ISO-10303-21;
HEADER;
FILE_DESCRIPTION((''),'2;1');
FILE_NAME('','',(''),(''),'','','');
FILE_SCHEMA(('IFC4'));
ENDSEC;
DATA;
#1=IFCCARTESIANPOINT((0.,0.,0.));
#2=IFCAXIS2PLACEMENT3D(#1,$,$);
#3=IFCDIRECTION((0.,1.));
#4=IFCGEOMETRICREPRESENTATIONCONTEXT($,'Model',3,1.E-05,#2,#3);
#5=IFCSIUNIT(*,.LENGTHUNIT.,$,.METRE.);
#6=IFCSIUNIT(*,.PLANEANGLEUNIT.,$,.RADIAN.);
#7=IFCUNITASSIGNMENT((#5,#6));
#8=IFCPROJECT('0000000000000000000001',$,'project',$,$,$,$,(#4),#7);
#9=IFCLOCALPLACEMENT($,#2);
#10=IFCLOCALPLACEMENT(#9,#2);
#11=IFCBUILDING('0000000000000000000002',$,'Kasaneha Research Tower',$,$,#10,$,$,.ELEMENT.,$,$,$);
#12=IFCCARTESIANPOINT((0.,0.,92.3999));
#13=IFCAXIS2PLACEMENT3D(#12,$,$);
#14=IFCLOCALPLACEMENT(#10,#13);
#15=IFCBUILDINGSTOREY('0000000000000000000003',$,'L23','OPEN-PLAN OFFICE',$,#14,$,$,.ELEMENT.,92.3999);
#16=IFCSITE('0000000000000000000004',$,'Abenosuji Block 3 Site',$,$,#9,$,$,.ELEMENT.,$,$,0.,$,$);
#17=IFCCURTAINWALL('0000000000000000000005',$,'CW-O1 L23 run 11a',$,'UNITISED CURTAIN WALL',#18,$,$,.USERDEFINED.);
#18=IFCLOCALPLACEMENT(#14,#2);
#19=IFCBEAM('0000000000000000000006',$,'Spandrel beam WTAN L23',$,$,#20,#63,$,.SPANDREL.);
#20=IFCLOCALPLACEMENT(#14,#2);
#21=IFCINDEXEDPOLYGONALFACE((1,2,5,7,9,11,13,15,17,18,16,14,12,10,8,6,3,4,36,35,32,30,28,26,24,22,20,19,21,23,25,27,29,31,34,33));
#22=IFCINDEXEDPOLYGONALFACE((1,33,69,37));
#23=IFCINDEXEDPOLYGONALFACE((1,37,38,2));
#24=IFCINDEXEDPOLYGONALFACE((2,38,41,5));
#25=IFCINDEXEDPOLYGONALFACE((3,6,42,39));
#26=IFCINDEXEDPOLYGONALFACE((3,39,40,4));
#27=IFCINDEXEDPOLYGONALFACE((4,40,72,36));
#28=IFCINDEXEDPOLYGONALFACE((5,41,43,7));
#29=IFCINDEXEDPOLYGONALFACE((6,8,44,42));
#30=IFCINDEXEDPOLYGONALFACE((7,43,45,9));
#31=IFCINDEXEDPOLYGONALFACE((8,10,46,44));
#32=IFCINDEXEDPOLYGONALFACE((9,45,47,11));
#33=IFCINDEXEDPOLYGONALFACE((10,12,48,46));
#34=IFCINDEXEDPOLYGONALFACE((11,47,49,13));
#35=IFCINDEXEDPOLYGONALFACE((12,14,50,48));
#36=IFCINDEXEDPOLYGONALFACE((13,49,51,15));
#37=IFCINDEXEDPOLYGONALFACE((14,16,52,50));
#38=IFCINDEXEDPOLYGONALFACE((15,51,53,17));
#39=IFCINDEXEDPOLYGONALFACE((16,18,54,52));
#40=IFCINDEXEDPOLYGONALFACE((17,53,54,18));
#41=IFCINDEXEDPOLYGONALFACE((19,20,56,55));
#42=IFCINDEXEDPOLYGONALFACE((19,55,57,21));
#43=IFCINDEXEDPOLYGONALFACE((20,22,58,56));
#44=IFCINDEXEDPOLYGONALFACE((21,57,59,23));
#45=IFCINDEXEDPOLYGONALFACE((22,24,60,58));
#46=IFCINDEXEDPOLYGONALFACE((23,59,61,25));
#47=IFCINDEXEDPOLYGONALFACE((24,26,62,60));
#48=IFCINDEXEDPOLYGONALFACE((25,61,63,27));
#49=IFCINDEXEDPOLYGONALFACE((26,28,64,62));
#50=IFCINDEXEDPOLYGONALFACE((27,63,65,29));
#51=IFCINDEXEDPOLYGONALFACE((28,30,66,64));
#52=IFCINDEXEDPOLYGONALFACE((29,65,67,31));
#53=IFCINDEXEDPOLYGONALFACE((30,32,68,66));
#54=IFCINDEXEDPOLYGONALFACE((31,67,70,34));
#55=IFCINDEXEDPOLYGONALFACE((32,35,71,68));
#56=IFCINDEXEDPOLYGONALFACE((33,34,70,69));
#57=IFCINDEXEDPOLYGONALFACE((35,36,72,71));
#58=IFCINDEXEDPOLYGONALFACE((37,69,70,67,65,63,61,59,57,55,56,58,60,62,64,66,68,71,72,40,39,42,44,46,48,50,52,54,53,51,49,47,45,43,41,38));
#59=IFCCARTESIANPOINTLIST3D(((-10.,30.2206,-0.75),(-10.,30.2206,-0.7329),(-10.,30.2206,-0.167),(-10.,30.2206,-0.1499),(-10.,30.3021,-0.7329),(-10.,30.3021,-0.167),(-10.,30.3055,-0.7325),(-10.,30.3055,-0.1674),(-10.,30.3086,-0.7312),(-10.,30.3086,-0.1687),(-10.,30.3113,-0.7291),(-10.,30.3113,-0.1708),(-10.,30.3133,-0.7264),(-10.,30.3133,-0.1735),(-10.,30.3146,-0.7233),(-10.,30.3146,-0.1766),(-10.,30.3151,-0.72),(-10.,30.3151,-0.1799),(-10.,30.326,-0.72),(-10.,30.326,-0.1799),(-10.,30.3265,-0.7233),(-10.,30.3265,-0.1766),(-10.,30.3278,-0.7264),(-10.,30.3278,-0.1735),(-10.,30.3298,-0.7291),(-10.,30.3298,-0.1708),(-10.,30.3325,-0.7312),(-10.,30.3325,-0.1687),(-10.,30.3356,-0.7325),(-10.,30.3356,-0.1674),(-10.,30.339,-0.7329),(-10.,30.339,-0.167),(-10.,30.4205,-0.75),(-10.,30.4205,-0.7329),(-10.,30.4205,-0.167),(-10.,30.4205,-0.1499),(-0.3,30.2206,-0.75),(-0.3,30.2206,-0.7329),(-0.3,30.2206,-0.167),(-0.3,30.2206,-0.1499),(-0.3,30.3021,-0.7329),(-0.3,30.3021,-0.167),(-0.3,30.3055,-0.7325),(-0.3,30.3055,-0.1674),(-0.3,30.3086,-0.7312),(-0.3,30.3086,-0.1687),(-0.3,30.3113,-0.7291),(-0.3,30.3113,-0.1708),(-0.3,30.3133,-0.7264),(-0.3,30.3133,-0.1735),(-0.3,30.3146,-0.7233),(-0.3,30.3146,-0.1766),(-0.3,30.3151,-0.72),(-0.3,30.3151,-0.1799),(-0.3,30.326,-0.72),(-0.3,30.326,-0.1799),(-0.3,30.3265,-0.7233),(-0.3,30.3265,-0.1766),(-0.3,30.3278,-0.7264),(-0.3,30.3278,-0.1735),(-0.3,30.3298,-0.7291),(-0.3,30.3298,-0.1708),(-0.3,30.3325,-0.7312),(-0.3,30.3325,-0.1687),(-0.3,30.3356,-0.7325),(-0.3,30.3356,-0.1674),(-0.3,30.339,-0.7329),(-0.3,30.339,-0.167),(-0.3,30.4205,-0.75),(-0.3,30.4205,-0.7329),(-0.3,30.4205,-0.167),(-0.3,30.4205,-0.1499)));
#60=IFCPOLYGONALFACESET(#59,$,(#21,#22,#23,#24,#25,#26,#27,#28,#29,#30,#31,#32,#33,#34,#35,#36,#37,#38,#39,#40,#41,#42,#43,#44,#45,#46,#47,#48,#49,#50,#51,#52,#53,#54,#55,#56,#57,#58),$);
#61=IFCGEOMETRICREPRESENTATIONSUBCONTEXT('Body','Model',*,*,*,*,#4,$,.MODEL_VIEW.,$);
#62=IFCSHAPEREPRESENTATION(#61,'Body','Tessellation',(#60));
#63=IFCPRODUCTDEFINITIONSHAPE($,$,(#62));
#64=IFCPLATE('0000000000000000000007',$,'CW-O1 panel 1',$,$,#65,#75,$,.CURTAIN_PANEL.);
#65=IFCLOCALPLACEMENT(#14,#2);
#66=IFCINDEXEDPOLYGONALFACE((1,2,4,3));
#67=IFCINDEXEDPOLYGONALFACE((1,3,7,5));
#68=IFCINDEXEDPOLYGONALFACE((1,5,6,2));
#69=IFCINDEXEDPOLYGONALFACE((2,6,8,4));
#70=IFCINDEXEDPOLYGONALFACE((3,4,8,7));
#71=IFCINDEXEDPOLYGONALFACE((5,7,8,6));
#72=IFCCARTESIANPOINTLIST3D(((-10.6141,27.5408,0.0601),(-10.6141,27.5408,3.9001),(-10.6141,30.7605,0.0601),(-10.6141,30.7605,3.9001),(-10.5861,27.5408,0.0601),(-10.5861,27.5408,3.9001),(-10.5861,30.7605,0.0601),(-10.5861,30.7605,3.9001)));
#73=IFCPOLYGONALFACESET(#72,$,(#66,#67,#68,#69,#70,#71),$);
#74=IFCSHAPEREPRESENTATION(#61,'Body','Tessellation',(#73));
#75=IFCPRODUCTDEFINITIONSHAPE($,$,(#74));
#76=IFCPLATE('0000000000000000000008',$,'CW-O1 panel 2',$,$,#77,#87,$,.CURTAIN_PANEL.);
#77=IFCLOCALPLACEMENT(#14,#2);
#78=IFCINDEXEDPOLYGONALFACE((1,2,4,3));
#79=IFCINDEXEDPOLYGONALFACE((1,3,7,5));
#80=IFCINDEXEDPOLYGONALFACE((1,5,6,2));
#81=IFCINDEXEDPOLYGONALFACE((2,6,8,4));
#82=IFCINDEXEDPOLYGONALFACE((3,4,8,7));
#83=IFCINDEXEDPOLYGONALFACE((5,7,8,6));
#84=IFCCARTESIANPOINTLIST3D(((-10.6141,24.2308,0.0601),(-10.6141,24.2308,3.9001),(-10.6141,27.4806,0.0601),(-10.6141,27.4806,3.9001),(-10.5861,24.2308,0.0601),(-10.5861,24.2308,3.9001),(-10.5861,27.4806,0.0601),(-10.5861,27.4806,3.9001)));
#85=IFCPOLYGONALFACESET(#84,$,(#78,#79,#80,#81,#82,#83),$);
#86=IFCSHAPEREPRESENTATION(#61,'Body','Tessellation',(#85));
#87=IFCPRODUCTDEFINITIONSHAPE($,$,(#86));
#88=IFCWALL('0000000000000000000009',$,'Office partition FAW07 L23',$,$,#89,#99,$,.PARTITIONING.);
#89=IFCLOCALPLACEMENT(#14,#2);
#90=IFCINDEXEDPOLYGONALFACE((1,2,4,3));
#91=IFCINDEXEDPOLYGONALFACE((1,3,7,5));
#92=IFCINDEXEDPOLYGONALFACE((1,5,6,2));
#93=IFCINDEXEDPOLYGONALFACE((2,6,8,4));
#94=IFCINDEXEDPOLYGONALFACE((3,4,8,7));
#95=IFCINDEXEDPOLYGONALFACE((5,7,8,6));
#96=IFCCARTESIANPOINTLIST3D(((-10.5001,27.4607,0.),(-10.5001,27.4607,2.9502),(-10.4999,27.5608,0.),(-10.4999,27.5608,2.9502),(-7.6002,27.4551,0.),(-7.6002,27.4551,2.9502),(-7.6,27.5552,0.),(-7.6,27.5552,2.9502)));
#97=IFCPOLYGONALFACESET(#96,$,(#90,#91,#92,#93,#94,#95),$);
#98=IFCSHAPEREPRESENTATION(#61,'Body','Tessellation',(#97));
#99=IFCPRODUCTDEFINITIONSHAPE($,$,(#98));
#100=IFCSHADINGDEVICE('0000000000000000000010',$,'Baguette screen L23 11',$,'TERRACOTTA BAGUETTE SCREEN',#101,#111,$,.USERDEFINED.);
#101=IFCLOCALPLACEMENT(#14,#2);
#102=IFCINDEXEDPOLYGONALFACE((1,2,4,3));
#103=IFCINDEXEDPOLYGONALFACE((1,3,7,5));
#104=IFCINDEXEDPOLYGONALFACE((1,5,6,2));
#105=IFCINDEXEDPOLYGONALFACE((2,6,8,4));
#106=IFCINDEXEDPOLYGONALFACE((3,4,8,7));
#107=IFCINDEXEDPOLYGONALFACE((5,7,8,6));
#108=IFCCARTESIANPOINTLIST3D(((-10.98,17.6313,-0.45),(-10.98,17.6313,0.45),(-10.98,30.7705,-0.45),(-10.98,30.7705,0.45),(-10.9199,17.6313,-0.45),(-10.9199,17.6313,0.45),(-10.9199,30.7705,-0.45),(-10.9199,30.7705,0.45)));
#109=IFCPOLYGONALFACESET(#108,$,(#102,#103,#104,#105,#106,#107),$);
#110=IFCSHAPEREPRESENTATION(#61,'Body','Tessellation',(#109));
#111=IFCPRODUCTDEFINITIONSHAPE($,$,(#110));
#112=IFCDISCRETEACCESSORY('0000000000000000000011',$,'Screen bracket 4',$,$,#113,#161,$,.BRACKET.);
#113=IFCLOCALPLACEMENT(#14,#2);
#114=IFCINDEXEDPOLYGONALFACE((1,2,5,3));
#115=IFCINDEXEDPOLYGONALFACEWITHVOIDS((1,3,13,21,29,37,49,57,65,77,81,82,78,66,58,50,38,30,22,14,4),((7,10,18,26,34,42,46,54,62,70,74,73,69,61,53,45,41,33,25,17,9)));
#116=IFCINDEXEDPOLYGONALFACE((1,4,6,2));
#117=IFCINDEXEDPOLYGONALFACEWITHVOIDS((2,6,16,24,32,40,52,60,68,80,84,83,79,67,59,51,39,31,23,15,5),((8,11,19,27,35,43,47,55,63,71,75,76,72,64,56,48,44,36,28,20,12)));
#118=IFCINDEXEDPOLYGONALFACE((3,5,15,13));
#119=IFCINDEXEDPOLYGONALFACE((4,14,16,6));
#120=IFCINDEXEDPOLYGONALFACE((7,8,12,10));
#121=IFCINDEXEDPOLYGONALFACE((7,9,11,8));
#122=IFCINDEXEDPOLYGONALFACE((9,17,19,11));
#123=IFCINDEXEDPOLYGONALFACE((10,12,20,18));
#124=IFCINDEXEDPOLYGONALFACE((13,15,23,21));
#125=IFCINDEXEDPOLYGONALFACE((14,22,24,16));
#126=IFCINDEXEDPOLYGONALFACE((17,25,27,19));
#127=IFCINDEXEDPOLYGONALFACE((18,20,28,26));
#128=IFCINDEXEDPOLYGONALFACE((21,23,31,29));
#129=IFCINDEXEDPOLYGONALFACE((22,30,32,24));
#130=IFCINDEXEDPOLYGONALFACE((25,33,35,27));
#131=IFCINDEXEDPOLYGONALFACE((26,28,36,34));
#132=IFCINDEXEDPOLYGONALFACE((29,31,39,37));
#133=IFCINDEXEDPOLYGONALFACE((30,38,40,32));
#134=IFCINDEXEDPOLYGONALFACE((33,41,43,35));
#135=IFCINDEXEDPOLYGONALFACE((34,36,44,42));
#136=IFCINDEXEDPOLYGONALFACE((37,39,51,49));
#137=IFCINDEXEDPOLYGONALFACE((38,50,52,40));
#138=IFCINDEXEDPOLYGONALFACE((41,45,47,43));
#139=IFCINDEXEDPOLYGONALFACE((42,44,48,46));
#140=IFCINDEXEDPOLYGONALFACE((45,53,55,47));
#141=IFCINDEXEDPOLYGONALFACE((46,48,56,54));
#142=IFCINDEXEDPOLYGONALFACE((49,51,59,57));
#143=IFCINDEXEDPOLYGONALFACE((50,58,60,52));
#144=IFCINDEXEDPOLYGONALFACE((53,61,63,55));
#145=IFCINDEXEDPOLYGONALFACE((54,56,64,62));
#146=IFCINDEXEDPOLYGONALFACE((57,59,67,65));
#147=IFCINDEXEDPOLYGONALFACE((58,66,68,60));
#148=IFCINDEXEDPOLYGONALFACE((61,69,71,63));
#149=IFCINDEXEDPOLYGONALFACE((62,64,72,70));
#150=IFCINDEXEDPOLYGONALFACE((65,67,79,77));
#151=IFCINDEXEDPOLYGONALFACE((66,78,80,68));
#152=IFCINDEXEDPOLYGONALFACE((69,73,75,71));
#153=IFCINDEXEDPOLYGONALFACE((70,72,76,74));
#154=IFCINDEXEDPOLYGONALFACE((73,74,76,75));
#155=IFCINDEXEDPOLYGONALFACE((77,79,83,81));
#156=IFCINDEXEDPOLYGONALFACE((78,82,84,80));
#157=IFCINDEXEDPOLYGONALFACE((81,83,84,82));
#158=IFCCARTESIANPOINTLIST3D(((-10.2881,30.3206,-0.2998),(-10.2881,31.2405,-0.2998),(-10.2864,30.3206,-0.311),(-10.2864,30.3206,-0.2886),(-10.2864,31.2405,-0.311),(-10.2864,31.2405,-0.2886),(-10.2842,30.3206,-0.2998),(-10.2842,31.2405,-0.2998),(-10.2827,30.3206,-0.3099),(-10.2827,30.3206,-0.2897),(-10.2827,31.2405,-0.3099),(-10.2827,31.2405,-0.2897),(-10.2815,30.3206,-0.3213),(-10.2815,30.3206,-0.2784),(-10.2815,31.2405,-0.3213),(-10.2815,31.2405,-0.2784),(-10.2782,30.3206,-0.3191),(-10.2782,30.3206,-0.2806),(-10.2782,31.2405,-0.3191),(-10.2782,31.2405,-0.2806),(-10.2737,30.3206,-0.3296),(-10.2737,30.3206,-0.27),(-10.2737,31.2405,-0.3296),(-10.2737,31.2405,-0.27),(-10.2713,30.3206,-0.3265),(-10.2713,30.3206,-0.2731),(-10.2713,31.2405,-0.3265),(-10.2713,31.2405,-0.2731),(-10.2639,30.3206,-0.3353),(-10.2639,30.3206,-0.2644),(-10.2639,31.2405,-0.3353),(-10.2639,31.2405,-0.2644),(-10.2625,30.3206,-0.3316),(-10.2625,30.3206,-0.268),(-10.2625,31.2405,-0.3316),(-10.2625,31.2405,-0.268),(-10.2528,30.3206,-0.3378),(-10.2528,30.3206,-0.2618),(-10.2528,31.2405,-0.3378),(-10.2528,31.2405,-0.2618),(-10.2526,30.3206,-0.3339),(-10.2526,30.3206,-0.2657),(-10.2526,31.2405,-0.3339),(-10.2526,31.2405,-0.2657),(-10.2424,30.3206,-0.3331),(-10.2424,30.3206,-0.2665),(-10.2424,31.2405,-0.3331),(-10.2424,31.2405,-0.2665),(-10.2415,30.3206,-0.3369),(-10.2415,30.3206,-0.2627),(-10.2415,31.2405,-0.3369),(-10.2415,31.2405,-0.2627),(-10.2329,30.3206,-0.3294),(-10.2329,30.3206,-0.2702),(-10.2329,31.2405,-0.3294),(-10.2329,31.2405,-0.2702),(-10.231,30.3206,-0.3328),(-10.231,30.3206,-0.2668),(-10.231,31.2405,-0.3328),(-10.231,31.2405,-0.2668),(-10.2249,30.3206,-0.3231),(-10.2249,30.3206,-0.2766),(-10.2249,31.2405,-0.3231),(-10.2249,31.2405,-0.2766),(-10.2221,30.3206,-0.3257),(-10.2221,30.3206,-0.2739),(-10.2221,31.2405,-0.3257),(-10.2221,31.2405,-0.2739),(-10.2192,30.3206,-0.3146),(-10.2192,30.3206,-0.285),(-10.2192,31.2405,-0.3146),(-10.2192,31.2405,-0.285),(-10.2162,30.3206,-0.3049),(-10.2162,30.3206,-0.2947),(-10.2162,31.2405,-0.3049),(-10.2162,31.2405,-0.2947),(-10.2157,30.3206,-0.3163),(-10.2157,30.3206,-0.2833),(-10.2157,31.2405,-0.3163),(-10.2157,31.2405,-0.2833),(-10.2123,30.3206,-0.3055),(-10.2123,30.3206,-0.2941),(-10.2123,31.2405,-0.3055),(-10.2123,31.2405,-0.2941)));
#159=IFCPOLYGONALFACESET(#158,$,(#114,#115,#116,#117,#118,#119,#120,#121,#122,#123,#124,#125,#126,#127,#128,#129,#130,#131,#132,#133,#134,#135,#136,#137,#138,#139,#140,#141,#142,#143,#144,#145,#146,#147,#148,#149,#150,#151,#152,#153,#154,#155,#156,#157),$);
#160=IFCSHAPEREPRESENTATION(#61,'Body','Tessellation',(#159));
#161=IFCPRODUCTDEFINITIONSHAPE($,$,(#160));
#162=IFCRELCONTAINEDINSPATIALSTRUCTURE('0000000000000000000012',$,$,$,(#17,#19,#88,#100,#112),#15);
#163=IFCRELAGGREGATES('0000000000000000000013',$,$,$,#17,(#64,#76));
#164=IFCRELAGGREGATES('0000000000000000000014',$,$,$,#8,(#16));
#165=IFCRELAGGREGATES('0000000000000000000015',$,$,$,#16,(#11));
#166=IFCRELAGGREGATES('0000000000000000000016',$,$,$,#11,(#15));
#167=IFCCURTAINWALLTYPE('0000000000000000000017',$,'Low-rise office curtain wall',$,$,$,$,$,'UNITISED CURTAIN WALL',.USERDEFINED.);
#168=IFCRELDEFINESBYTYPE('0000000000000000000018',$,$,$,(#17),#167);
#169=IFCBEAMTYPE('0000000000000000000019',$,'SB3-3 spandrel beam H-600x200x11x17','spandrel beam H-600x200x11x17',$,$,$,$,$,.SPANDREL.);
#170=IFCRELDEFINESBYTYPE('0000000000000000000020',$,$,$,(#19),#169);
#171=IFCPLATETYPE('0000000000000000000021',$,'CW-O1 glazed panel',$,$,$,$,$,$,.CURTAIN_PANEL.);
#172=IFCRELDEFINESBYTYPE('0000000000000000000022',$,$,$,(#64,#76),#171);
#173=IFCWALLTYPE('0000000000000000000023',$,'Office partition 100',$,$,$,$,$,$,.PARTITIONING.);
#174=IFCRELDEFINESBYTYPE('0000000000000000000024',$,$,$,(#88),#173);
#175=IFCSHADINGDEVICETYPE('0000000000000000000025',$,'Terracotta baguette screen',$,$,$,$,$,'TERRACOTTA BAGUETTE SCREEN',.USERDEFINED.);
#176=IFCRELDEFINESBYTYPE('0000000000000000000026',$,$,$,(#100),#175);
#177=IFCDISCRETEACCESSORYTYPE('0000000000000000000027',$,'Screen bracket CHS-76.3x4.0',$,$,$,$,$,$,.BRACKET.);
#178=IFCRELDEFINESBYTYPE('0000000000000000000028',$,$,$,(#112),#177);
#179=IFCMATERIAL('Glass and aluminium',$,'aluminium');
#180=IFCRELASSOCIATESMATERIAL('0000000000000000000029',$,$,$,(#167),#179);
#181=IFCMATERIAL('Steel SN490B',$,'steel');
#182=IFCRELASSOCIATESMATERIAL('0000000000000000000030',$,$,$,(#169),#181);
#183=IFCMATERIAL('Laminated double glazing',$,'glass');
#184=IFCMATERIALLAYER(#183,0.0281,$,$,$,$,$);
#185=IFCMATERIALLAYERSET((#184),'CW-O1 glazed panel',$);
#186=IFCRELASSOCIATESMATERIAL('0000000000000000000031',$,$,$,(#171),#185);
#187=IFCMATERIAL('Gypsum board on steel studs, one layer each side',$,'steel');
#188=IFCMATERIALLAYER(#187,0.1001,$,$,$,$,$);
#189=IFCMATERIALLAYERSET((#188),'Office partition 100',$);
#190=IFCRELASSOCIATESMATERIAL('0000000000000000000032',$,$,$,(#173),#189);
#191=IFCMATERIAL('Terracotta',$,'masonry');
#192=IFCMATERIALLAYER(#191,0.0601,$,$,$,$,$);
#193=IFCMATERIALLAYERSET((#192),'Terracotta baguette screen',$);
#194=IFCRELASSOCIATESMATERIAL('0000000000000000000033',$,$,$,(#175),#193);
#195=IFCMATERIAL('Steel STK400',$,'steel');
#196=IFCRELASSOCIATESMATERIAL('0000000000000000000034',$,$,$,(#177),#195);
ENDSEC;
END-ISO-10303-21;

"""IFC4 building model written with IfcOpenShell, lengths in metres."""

from ifc_helpers import new_model, si_unit, direction, frame, frame_2d, origin, origin_2d, place, context, subcontext, project, spatial, rectangle, hollow_circle, i_section, extrude, material, layer, layer_set, material_profile, profile_set, type_object, element, aggregate, save


model = new_model("IFC4")

# Units and contexts
model_context = context("Model", 3, precision=1e-05, world=origin(), true_north=direction((0.0, 1.0)))
body_context = subcontext(model_context, "Body", "Model", "MODEL_VIEW")
ifc_project = project(units=[si_unit("LENGTHUNIT", "METRE"), si_unit("PLANEANGLEUNIT", "RADIAN")], contexts=[model_context])

# Site, building, storey
site_placement = place(None, origin())
site = spatial("IfcSite", under=ifc_project, at=site_placement, Name="Abenosuji Block 3 Site", CompositionType="ELEMENT", RefElevation=0.0)
building_placement = place(site_placement, origin())
building = spatial("IfcBuilding", under=site, at=building_placement, Name="Kasaneha Research Tower", CompositionType="ELEMENT")
storey_placement = place(building_placement, frame((0.0, 0.0, 92.3999)))
storey = spatial("IfcBuildingStorey", under=building, at=storey_placement, Name="L23", Description="OPEN-PLAN OFFICE", CompositionType="ELEMENT", Elevation=92.3999)

# Shared definitions
ifc_material_1 = material(Name="Glass and aluminium", Category="aluminium")
curtain_wall_type = type_object("IfcCurtainWallType", Name="Low-rise office curtain wall", ElementType="UNITISED CURTAIN WALL", PredefinedType="USERDEFINED", material=ifc_material_1)

# Curtain wall
curtain_wall_1_placement = place(storey_placement, origin())
curtain_wall_1 = element("IfcCurtainWall", 1, at=curtain_wall_1_placement, inside=storey, type_object=curtain_wall_type, Name="CW-O1 L23 run 11a", ObjectType="UNITISED CURTAIN WALL", PredefinedType="USERDEFINED")

# Beam
ifc_material_2 = material(Name="Steel SN490B", Category="steel")
ifc_material_profile_1 = material_profile(ifc_material_2, i_section(OverallWidth=0.2, OverallDepth=0.6001, WebThickness=0.011, FlangeThickness=0.0171, FilletRadius=0.0129, at=origin_2d()), Name="H-600x200x11x17")
ifc_profile_set_1 = profile_set([ifc_material_profile_1], Name="Steel SN490B")
beam_type_1 = type_object("IfcBeamType", Name="SB3-3 spandrel beam H-600x200x11x17", Description="spandrel beam H-600x200x11x17", PredefinedType="SPANDREL", material=ifc_profile_set_1)
beam_1_placement = place(storey_placement, frame((-10.0, 30.3206, -0.45), z_axis=(1.0, 0.0, 0.0), x_axis=(0.0, 1.0, 0.0)))
element("IfcBeam", 2, at=beam_1_placement, inside=storey, type_object=beam_type_1, Name="Spandrel beam WTAN L23", PredefinedType="SPANDREL", context=body_context, shape_type="SweptSolid", body=[
    extrude(i_section(OverallWidth=0.2, OverallDepth=0.6001, WebThickness=0.011, FlangeThickness=0.0171, FilletRadius=0.0129, at=origin_2d()), origin(), (0.0, 0.0, 1.0), 9.7),
])

# Plates
ifc_material_3 = material(Name="Laminated double glazing", Category="glass")
ifc_layer_1 = layer(ifc_material_3, 0.0281)
ifc_layer_set_1 = layer_set([ifc_layer_1], Name="CW-O1 glazed panel")
plate_type = type_object("IfcPlateType", Name="CW-O1 glazed panel", PredefinedType="CURTAIN_PANEL", material=ifc_layer_set_1)
plate_1_placement = place(storey_placement, frame((-10.6001, 29.1506, 0.0601), z_axis=(0.0, 0.0, 1.0), x_axis=(0.0, -1.0, 0.0)))
plate_1 = element("IfcPlate", 3, at=plate_1_placement, type_object=plate_type, Name="CW-O1 panel 1", PredefinedType="CURTAIN_PANEL", context=body_context, shape_type="SweptSolid", body=[
    extrude(rectangle(XDim=3.2197, YDim=0.0281, at=origin_2d()), origin(), (0.0, 0.0, 1.0), 3.8401),
])
plate_2_placement = place(storey_placement, frame((-10.6001, 25.8557, 0.0601), z_axis=(0.0, 0.0, 1.0), x_axis=(0.0, -1.0, 0.0)))
plate_2 = element("IfcPlate", 4, at=plate_2_placement, type_object=plate_type, Name="CW-O1 panel 2", PredefinedType="CURTAIN_PANEL", context=body_context, shape_type="SweptSolid", body=[
    extrude(rectangle(XDim=3.2498, YDim=0.0281, at=origin_2d()), origin(), (0.0, 0.0, 1.0), 3.8401),
])
aggregate(curtain_wall_1, [plate_1, plate_2])

# Wall
ifc_material_4 = material(Name="Gypsum board on steel studs, one layer each side", Category="steel")
ifc_layer_2 = layer(ifc_material_4, 0.1001)
ifc_layer_set_2 = layer_set([ifc_layer_2], Name="Office partition 100")
wall_type = type_object("IfcWallType", Name="Office partition 100", PredefinedType="PARTITIONING", material=ifc_layer_set_2)
wall_placement = place(storey_placement, frame((-10.5, 27.5107, 0.0), z_axis=(0.0, 0.0, 1.0), x_axis=(0.999998, -0.001936, 0.0)))
element("IfcWall", 5, at=wall_placement, inside=storey, type_object=wall_type, Name="Office partition FAW07 L23", PredefinedType="PARTITIONING", context=body_context, shape_type="SweptSolid", body=[
    extrude(rectangle(XDim=2.8999, YDim=0.1001, at=frame_2d((1.45, 0.0))), origin(), (0.0, 0.0, 1.0), 2.9502),
])

# Shading device
ifc_material_5 = material(Name="Terracotta", Category="masonry")
ifc_layer_3 = layer(ifc_material_5, 0.0601)
ifc_layer_set_3 = layer_set([ifc_layer_3], Name="Terracotta baguette screen")
shading_device_type = type_object("IfcShadingDeviceType", Name="Terracotta baguette screen", ElementType="TERRACOTTA BAGUETTE SCREEN", PredefinedType="USERDEFINED", material=ifc_layer_set_3)
shading_device_placement = place(storey_placement, frame((-10.95, 24.2009, -0.45), z_axis=(0.0, 0.0, 1.0), x_axis=(0.0, -1.0, 0.0)))
element("IfcShadingDevice", 6, at=shading_device_placement, inside=storey, type_object=shading_device_type, Name="Baguette screen L23 11", ObjectType="TERRACOTTA BAGUETTE SCREEN", PredefinedType="USERDEFINED", context=body_context, shape_type="SweptSolid", body=[
    extrude(rectangle(XDim=13.1392, YDim=0.0601, at=origin_2d()), origin(), (0.0, 0.0, 1.0), 0.8999),
])

# Discrete accessory
ifc_material_6 = material(Name="Steel STK400", Category="steel")
ifc_material_profile_2 = material_profile(ifc_material_6, hollow_circle(Radius=0.0381, WallThickness=0.0039, at=origin_2d()), Name="CHS-76.3x4.0")
ifc_profile_set_2 = profile_set([ifc_material_profile_2], Name="Steel STK400")
discrete_accessory_type = type_object("IfcDiscreteAccessoryType", Name="Screen bracket CHS-76.3x4.0", PredefinedType="BRACKET", material=ifc_profile_set_2)
for number, where, z_axis, x_axis, name in (
    (7, (-10.25, 30.3206, -0.2998), (0.0, 1.0, 0.0), (-1.0, 0.0, 0.0), "Screen bracket 4"),
):
    element("IfcDiscreteAccessory", number, at=place(storey_placement, frame(where, z_axis=z_axis, x_axis=x_axis)), inside=storey, type_object=discrete_accessory_type, Name=name, PredefinedType="BRACKET", context=body_context, shape_type="SweptSolid", body=[
        extrude(hollow_circle(Radius=0.0381, WallThickness=0.0039, at=origin_2d()), origin(), (0.0, 0.0, 1.0), 0.9199),
    ])

save(model, "model.ifc")
